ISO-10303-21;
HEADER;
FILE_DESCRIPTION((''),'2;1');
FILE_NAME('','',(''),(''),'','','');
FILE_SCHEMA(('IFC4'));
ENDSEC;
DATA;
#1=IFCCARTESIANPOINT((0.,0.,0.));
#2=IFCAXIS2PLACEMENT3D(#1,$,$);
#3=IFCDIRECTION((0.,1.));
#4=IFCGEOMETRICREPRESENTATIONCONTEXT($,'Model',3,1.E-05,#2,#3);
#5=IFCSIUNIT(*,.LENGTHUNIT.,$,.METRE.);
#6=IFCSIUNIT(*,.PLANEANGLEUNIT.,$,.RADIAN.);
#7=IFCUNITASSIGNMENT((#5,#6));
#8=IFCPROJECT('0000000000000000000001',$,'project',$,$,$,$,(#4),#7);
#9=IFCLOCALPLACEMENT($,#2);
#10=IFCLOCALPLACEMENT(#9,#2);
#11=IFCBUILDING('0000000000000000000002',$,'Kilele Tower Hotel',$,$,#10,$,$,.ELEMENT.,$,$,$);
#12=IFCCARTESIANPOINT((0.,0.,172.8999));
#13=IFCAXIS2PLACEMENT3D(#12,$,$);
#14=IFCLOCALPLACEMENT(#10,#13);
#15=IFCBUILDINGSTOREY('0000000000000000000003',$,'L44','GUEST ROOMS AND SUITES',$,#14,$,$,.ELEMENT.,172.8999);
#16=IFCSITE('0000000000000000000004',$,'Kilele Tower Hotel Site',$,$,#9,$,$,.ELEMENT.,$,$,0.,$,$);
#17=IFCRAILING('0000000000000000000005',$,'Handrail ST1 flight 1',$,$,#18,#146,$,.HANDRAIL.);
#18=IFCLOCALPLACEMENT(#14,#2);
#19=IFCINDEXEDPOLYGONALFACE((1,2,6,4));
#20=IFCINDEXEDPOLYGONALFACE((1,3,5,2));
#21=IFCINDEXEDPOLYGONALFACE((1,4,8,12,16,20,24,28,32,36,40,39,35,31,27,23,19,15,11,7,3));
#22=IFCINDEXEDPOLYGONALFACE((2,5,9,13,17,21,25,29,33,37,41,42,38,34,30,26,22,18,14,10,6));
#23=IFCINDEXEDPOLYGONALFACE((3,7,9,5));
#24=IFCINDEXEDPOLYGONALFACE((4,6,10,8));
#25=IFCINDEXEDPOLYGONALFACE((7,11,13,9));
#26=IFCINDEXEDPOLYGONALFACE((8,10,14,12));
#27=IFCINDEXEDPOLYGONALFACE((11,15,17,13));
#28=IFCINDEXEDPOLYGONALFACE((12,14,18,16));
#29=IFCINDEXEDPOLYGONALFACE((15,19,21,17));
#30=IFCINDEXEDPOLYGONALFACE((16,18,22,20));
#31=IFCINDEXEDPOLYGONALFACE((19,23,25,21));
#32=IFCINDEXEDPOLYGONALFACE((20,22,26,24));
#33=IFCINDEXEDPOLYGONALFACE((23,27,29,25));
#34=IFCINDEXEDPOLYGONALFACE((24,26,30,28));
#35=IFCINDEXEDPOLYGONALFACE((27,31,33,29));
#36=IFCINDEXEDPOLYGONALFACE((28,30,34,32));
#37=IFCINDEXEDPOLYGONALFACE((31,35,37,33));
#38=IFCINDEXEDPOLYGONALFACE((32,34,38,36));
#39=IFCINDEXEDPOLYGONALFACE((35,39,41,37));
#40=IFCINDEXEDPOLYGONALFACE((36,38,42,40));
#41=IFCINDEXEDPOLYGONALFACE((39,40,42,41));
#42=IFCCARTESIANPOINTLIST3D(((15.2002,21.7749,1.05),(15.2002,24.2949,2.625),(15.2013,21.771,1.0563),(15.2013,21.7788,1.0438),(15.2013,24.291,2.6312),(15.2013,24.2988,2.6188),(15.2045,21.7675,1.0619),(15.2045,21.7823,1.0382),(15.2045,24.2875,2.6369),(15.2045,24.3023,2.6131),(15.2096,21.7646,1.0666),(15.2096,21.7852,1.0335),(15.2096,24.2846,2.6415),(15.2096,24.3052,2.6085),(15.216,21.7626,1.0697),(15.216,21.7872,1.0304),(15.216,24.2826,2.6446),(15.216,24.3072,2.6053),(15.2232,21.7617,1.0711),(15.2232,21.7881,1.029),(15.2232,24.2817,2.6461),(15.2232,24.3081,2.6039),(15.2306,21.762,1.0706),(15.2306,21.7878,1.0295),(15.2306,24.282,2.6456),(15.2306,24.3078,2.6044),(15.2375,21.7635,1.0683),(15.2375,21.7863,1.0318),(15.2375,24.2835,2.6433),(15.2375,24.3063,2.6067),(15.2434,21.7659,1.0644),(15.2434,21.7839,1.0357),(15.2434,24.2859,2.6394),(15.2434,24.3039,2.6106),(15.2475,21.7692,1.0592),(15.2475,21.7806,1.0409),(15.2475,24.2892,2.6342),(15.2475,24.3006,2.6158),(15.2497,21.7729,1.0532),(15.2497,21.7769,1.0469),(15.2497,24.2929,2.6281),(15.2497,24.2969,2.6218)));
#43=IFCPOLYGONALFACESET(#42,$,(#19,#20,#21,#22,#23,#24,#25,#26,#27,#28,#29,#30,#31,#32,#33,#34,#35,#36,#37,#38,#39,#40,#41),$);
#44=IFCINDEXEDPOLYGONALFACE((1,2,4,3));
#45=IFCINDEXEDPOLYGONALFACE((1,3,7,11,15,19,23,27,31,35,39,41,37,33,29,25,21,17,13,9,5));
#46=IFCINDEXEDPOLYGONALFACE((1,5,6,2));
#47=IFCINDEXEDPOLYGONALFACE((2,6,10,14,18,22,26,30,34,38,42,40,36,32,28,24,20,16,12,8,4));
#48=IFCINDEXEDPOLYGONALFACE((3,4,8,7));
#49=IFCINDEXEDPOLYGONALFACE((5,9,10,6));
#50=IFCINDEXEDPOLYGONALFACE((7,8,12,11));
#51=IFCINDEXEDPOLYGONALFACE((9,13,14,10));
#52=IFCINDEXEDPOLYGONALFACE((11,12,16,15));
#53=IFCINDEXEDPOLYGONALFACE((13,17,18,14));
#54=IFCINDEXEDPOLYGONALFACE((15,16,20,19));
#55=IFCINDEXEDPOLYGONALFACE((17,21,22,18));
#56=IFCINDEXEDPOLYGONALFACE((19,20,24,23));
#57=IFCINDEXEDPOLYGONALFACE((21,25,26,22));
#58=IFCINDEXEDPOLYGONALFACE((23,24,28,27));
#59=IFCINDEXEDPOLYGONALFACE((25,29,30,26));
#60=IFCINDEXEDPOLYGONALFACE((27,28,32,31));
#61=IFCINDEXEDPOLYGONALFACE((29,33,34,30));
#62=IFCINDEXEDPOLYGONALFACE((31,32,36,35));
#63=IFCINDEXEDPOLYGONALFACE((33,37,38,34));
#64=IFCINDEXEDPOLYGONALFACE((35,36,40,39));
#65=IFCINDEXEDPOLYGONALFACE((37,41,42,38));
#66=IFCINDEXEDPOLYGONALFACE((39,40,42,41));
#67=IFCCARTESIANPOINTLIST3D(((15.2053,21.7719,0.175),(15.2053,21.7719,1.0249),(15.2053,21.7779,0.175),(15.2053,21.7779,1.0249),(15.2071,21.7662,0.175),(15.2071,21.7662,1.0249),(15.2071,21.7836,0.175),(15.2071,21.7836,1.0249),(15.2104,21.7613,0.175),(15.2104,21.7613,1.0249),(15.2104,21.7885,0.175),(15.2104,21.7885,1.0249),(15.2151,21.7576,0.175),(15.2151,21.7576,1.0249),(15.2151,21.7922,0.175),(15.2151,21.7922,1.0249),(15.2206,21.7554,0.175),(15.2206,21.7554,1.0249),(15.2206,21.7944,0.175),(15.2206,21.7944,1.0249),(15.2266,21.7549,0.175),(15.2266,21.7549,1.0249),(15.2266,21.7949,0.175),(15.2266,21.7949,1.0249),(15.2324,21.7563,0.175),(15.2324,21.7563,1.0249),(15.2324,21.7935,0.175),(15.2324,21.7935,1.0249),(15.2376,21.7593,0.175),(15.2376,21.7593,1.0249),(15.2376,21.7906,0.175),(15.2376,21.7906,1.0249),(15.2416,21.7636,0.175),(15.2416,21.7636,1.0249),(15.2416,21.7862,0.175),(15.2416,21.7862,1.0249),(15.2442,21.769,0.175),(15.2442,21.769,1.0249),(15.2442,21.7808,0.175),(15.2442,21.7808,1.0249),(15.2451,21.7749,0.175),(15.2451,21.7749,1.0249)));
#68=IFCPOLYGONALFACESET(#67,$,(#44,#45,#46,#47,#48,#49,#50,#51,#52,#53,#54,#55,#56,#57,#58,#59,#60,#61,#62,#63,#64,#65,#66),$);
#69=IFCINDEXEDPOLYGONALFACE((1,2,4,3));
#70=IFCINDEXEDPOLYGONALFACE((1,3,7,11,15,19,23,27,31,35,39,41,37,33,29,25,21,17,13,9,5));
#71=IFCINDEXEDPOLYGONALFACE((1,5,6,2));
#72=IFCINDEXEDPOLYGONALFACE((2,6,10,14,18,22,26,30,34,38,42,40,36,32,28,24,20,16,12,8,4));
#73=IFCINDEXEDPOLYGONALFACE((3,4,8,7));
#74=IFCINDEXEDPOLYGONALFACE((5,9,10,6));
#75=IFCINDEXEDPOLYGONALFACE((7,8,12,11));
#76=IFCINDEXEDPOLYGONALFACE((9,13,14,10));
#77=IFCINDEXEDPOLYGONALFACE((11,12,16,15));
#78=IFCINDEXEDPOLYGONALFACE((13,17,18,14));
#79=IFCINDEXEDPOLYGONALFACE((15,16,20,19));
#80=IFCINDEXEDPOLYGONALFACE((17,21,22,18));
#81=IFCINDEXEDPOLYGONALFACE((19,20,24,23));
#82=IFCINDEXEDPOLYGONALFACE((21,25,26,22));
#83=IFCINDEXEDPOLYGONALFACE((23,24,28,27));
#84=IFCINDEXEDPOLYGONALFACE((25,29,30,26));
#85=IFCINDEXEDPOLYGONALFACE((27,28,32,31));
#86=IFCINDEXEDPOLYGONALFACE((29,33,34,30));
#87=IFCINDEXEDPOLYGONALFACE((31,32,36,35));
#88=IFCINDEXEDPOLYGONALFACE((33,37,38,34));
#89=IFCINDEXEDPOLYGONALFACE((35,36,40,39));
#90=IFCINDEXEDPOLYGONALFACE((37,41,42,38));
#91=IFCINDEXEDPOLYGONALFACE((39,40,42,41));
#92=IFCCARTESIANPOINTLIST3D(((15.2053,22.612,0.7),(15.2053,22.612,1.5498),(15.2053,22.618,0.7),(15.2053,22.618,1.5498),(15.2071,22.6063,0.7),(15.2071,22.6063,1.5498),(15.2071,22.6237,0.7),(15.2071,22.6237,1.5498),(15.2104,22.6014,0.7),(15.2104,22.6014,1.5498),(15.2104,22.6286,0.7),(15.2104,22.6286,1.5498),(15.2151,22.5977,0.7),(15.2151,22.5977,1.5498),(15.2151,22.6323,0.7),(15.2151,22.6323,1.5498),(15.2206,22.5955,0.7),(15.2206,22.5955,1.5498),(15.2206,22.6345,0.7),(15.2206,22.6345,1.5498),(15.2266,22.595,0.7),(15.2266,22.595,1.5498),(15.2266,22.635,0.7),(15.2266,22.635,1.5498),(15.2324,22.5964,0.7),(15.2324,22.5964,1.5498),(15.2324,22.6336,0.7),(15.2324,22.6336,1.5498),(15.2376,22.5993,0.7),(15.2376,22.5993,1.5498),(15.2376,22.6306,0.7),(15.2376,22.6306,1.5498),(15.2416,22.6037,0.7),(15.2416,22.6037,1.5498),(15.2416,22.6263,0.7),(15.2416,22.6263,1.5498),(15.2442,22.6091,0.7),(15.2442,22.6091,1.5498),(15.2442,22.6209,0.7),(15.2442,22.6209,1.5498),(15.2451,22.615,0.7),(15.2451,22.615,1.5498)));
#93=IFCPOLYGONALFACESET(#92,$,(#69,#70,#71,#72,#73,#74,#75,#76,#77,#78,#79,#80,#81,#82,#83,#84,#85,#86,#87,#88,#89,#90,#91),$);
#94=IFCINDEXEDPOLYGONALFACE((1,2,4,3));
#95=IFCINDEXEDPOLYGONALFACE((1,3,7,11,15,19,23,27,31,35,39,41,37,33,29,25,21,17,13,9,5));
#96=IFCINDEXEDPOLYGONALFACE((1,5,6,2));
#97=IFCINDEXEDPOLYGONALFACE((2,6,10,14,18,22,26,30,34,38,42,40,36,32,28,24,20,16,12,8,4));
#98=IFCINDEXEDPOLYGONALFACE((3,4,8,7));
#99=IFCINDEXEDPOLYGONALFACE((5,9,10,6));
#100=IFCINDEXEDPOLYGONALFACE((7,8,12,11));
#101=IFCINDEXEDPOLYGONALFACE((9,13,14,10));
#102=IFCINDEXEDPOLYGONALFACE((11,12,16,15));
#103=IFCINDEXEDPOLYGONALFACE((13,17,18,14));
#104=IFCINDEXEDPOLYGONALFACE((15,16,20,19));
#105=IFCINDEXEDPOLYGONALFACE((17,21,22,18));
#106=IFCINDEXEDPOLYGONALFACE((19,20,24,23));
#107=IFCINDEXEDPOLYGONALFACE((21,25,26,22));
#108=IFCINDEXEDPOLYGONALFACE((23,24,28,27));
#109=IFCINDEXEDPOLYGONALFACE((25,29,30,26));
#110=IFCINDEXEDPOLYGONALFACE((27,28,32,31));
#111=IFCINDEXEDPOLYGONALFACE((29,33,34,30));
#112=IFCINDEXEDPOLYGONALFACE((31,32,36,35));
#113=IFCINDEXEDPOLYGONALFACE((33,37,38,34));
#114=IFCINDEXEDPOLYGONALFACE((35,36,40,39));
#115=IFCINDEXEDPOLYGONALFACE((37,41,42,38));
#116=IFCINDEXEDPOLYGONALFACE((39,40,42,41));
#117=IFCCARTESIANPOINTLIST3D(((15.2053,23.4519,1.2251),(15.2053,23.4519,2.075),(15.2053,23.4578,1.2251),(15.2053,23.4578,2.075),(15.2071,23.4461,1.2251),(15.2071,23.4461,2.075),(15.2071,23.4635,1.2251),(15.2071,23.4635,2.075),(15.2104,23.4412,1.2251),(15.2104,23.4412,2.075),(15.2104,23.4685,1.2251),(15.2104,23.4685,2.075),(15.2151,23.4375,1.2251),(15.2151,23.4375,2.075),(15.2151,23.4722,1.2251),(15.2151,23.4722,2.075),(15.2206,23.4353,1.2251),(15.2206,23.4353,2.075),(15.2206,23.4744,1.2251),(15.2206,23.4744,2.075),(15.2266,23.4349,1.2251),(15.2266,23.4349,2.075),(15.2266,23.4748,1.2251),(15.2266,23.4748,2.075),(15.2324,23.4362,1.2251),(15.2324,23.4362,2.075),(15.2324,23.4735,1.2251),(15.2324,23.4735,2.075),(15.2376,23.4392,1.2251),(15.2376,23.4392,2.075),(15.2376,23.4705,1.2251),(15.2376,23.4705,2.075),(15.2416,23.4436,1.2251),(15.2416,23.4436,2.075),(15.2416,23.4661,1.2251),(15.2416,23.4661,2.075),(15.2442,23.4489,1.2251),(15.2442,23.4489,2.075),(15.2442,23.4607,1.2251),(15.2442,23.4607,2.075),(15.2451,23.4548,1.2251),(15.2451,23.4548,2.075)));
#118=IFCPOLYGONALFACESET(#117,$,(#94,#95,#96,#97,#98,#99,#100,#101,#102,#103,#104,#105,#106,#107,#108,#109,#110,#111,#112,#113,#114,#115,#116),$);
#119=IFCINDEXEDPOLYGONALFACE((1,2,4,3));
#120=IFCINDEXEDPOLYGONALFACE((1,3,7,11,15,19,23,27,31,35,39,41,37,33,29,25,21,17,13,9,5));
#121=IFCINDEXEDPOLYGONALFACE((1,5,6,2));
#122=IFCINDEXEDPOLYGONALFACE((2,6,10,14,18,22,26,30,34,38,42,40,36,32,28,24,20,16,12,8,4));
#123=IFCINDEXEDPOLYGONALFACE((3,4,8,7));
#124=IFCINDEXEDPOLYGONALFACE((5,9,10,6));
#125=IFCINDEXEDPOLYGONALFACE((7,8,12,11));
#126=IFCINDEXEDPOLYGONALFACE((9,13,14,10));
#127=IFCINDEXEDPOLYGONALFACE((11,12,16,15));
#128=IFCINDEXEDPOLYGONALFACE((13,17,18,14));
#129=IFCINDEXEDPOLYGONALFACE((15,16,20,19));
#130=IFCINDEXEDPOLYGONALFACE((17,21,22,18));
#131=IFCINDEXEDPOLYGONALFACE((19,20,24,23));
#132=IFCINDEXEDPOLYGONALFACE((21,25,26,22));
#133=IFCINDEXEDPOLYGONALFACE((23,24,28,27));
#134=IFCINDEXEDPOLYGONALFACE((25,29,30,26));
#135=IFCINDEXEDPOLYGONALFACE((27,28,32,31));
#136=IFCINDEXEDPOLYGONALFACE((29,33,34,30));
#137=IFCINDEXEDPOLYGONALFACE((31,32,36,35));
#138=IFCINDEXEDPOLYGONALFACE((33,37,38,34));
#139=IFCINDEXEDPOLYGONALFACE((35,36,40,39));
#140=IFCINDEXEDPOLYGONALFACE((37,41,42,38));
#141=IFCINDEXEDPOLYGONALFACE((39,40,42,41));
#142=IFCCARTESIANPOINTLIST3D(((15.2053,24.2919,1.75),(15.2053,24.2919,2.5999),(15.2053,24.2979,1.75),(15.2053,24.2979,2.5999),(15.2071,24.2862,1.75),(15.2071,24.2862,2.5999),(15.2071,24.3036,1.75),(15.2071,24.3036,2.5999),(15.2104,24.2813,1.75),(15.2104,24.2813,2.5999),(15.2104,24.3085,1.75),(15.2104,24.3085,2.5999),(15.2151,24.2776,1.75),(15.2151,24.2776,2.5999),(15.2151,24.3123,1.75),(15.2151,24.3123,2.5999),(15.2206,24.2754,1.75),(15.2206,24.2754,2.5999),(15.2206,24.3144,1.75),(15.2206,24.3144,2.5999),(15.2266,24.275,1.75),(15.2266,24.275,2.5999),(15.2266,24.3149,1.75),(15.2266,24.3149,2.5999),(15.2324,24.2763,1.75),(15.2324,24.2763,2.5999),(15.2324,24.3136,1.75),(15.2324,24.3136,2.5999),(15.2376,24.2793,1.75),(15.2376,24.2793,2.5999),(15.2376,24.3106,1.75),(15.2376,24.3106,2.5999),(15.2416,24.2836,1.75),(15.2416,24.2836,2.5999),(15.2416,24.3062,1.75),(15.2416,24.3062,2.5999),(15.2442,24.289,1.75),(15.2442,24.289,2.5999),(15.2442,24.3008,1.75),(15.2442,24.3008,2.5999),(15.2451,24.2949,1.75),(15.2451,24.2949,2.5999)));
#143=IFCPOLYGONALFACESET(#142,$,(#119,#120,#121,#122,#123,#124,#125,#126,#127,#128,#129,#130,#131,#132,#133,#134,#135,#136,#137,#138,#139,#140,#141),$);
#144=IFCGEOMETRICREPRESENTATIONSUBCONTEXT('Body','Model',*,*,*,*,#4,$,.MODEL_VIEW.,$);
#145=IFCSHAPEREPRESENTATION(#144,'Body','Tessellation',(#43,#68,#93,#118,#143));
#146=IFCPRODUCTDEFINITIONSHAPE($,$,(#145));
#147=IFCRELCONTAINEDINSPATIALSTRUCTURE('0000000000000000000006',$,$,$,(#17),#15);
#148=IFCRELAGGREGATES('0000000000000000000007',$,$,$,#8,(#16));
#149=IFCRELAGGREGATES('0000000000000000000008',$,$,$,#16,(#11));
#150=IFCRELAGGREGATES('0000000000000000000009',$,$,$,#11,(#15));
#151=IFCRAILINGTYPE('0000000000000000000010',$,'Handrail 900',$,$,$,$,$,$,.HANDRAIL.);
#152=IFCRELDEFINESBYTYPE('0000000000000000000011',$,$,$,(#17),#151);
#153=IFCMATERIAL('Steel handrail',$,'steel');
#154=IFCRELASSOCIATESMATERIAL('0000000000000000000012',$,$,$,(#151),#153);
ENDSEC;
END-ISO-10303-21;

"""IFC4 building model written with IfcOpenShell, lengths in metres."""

from ifc_helpers import new_model, si_unit, direction, frame, origin, origin_2d, place, context, subcontext, project, spatial, circle, extrude, material, type_object, element, save


model = new_model("IFC4")

# Units and contexts
model_context = context("Model", 3, precision=1e-05, world=origin(), true_north=direction((0.0, 1.0)))
body_context = subcontext(model_context, "Body", "Model", "MODEL_VIEW")
ifc_project = project(units=[si_unit("LENGTHUNIT", "METRE"), si_unit("PLANEANGLEUNIT", "RADIAN")], contexts=[model_context])

# Site, building, storey
site_placement = place(None, origin())
site = spatial("IfcSite", under=ifc_project, at=site_placement, Name="Kilele Tower Hotel Site", CompositionType="ELEMENT", RefElevation=0.0)
building_placement = place(site_placement, origin())
building = spatial("IfcBuilding", under=site, at=building_placement, Name="Kilele Tower Hotel", CompositionType="ELEMENT")
storey_placement = place(building_placement, frame((0.0, 0.0, 172.8999)))
storey = spatial("IfcBuildingStorey", under=building, at=storey_placement, Name="L44", Description="GUEST ROOMS AND SUITES", CompositionType="ELEMENT", Elevation=172.8999)

# Railing
ifc_material_1 = material(Name="Steel handrail", Category="steel")
railing_type_1 = type_object("IfcRailingType", Name="Handrail 900", PredefinedType="HANDRAIL", material=ifc_material_1)
for number, where, name in (
    (1, (15.2251, 21.7749, 0.175), "Handrail ST1 flight 1"),
):
    element("IfcRailing", number, at=place(storey_placement, frame(where)), inside=storey, type_object=railing_type_1, Name=name, PredefinedType="HANDRAIL", context=body_context, shape_type="SweptSolid", body=[
        extrude(circle(Radius=0.0249, at=origin_2d()), frame((0.0, 0.0, 0.875), z_axis=(0.0, 0.848008, 0.529984), x_axis=(-1.0, 0.0, 0.0)), (0.0, 0.0, 1.0), 2.9717),
        extrude(circle(Radius=0.02, at=origin_2d()), origin(), (0.0, 0.0, 1.0), 0.8499),
        extrude(circle(Radius=0.02, at=origin_2d()), frame((0.0, 0.8401, 0.5249)), (0.0, 0.0, 1.0), 0.8499),
        extrude(circle(Radius=0.02, at=origin_2d()), frame((0.0, 1.6799, 1.05)), (0.0, 0.0, 1.0), 0.8499),
        extrude(circle(Radius=0.02, at=origin_2d()), frame((0.0, 2.52, 1.575)), (0.0, 0.0, 1.0), 0.8499),
    ])

save(model, "model.ifc")
